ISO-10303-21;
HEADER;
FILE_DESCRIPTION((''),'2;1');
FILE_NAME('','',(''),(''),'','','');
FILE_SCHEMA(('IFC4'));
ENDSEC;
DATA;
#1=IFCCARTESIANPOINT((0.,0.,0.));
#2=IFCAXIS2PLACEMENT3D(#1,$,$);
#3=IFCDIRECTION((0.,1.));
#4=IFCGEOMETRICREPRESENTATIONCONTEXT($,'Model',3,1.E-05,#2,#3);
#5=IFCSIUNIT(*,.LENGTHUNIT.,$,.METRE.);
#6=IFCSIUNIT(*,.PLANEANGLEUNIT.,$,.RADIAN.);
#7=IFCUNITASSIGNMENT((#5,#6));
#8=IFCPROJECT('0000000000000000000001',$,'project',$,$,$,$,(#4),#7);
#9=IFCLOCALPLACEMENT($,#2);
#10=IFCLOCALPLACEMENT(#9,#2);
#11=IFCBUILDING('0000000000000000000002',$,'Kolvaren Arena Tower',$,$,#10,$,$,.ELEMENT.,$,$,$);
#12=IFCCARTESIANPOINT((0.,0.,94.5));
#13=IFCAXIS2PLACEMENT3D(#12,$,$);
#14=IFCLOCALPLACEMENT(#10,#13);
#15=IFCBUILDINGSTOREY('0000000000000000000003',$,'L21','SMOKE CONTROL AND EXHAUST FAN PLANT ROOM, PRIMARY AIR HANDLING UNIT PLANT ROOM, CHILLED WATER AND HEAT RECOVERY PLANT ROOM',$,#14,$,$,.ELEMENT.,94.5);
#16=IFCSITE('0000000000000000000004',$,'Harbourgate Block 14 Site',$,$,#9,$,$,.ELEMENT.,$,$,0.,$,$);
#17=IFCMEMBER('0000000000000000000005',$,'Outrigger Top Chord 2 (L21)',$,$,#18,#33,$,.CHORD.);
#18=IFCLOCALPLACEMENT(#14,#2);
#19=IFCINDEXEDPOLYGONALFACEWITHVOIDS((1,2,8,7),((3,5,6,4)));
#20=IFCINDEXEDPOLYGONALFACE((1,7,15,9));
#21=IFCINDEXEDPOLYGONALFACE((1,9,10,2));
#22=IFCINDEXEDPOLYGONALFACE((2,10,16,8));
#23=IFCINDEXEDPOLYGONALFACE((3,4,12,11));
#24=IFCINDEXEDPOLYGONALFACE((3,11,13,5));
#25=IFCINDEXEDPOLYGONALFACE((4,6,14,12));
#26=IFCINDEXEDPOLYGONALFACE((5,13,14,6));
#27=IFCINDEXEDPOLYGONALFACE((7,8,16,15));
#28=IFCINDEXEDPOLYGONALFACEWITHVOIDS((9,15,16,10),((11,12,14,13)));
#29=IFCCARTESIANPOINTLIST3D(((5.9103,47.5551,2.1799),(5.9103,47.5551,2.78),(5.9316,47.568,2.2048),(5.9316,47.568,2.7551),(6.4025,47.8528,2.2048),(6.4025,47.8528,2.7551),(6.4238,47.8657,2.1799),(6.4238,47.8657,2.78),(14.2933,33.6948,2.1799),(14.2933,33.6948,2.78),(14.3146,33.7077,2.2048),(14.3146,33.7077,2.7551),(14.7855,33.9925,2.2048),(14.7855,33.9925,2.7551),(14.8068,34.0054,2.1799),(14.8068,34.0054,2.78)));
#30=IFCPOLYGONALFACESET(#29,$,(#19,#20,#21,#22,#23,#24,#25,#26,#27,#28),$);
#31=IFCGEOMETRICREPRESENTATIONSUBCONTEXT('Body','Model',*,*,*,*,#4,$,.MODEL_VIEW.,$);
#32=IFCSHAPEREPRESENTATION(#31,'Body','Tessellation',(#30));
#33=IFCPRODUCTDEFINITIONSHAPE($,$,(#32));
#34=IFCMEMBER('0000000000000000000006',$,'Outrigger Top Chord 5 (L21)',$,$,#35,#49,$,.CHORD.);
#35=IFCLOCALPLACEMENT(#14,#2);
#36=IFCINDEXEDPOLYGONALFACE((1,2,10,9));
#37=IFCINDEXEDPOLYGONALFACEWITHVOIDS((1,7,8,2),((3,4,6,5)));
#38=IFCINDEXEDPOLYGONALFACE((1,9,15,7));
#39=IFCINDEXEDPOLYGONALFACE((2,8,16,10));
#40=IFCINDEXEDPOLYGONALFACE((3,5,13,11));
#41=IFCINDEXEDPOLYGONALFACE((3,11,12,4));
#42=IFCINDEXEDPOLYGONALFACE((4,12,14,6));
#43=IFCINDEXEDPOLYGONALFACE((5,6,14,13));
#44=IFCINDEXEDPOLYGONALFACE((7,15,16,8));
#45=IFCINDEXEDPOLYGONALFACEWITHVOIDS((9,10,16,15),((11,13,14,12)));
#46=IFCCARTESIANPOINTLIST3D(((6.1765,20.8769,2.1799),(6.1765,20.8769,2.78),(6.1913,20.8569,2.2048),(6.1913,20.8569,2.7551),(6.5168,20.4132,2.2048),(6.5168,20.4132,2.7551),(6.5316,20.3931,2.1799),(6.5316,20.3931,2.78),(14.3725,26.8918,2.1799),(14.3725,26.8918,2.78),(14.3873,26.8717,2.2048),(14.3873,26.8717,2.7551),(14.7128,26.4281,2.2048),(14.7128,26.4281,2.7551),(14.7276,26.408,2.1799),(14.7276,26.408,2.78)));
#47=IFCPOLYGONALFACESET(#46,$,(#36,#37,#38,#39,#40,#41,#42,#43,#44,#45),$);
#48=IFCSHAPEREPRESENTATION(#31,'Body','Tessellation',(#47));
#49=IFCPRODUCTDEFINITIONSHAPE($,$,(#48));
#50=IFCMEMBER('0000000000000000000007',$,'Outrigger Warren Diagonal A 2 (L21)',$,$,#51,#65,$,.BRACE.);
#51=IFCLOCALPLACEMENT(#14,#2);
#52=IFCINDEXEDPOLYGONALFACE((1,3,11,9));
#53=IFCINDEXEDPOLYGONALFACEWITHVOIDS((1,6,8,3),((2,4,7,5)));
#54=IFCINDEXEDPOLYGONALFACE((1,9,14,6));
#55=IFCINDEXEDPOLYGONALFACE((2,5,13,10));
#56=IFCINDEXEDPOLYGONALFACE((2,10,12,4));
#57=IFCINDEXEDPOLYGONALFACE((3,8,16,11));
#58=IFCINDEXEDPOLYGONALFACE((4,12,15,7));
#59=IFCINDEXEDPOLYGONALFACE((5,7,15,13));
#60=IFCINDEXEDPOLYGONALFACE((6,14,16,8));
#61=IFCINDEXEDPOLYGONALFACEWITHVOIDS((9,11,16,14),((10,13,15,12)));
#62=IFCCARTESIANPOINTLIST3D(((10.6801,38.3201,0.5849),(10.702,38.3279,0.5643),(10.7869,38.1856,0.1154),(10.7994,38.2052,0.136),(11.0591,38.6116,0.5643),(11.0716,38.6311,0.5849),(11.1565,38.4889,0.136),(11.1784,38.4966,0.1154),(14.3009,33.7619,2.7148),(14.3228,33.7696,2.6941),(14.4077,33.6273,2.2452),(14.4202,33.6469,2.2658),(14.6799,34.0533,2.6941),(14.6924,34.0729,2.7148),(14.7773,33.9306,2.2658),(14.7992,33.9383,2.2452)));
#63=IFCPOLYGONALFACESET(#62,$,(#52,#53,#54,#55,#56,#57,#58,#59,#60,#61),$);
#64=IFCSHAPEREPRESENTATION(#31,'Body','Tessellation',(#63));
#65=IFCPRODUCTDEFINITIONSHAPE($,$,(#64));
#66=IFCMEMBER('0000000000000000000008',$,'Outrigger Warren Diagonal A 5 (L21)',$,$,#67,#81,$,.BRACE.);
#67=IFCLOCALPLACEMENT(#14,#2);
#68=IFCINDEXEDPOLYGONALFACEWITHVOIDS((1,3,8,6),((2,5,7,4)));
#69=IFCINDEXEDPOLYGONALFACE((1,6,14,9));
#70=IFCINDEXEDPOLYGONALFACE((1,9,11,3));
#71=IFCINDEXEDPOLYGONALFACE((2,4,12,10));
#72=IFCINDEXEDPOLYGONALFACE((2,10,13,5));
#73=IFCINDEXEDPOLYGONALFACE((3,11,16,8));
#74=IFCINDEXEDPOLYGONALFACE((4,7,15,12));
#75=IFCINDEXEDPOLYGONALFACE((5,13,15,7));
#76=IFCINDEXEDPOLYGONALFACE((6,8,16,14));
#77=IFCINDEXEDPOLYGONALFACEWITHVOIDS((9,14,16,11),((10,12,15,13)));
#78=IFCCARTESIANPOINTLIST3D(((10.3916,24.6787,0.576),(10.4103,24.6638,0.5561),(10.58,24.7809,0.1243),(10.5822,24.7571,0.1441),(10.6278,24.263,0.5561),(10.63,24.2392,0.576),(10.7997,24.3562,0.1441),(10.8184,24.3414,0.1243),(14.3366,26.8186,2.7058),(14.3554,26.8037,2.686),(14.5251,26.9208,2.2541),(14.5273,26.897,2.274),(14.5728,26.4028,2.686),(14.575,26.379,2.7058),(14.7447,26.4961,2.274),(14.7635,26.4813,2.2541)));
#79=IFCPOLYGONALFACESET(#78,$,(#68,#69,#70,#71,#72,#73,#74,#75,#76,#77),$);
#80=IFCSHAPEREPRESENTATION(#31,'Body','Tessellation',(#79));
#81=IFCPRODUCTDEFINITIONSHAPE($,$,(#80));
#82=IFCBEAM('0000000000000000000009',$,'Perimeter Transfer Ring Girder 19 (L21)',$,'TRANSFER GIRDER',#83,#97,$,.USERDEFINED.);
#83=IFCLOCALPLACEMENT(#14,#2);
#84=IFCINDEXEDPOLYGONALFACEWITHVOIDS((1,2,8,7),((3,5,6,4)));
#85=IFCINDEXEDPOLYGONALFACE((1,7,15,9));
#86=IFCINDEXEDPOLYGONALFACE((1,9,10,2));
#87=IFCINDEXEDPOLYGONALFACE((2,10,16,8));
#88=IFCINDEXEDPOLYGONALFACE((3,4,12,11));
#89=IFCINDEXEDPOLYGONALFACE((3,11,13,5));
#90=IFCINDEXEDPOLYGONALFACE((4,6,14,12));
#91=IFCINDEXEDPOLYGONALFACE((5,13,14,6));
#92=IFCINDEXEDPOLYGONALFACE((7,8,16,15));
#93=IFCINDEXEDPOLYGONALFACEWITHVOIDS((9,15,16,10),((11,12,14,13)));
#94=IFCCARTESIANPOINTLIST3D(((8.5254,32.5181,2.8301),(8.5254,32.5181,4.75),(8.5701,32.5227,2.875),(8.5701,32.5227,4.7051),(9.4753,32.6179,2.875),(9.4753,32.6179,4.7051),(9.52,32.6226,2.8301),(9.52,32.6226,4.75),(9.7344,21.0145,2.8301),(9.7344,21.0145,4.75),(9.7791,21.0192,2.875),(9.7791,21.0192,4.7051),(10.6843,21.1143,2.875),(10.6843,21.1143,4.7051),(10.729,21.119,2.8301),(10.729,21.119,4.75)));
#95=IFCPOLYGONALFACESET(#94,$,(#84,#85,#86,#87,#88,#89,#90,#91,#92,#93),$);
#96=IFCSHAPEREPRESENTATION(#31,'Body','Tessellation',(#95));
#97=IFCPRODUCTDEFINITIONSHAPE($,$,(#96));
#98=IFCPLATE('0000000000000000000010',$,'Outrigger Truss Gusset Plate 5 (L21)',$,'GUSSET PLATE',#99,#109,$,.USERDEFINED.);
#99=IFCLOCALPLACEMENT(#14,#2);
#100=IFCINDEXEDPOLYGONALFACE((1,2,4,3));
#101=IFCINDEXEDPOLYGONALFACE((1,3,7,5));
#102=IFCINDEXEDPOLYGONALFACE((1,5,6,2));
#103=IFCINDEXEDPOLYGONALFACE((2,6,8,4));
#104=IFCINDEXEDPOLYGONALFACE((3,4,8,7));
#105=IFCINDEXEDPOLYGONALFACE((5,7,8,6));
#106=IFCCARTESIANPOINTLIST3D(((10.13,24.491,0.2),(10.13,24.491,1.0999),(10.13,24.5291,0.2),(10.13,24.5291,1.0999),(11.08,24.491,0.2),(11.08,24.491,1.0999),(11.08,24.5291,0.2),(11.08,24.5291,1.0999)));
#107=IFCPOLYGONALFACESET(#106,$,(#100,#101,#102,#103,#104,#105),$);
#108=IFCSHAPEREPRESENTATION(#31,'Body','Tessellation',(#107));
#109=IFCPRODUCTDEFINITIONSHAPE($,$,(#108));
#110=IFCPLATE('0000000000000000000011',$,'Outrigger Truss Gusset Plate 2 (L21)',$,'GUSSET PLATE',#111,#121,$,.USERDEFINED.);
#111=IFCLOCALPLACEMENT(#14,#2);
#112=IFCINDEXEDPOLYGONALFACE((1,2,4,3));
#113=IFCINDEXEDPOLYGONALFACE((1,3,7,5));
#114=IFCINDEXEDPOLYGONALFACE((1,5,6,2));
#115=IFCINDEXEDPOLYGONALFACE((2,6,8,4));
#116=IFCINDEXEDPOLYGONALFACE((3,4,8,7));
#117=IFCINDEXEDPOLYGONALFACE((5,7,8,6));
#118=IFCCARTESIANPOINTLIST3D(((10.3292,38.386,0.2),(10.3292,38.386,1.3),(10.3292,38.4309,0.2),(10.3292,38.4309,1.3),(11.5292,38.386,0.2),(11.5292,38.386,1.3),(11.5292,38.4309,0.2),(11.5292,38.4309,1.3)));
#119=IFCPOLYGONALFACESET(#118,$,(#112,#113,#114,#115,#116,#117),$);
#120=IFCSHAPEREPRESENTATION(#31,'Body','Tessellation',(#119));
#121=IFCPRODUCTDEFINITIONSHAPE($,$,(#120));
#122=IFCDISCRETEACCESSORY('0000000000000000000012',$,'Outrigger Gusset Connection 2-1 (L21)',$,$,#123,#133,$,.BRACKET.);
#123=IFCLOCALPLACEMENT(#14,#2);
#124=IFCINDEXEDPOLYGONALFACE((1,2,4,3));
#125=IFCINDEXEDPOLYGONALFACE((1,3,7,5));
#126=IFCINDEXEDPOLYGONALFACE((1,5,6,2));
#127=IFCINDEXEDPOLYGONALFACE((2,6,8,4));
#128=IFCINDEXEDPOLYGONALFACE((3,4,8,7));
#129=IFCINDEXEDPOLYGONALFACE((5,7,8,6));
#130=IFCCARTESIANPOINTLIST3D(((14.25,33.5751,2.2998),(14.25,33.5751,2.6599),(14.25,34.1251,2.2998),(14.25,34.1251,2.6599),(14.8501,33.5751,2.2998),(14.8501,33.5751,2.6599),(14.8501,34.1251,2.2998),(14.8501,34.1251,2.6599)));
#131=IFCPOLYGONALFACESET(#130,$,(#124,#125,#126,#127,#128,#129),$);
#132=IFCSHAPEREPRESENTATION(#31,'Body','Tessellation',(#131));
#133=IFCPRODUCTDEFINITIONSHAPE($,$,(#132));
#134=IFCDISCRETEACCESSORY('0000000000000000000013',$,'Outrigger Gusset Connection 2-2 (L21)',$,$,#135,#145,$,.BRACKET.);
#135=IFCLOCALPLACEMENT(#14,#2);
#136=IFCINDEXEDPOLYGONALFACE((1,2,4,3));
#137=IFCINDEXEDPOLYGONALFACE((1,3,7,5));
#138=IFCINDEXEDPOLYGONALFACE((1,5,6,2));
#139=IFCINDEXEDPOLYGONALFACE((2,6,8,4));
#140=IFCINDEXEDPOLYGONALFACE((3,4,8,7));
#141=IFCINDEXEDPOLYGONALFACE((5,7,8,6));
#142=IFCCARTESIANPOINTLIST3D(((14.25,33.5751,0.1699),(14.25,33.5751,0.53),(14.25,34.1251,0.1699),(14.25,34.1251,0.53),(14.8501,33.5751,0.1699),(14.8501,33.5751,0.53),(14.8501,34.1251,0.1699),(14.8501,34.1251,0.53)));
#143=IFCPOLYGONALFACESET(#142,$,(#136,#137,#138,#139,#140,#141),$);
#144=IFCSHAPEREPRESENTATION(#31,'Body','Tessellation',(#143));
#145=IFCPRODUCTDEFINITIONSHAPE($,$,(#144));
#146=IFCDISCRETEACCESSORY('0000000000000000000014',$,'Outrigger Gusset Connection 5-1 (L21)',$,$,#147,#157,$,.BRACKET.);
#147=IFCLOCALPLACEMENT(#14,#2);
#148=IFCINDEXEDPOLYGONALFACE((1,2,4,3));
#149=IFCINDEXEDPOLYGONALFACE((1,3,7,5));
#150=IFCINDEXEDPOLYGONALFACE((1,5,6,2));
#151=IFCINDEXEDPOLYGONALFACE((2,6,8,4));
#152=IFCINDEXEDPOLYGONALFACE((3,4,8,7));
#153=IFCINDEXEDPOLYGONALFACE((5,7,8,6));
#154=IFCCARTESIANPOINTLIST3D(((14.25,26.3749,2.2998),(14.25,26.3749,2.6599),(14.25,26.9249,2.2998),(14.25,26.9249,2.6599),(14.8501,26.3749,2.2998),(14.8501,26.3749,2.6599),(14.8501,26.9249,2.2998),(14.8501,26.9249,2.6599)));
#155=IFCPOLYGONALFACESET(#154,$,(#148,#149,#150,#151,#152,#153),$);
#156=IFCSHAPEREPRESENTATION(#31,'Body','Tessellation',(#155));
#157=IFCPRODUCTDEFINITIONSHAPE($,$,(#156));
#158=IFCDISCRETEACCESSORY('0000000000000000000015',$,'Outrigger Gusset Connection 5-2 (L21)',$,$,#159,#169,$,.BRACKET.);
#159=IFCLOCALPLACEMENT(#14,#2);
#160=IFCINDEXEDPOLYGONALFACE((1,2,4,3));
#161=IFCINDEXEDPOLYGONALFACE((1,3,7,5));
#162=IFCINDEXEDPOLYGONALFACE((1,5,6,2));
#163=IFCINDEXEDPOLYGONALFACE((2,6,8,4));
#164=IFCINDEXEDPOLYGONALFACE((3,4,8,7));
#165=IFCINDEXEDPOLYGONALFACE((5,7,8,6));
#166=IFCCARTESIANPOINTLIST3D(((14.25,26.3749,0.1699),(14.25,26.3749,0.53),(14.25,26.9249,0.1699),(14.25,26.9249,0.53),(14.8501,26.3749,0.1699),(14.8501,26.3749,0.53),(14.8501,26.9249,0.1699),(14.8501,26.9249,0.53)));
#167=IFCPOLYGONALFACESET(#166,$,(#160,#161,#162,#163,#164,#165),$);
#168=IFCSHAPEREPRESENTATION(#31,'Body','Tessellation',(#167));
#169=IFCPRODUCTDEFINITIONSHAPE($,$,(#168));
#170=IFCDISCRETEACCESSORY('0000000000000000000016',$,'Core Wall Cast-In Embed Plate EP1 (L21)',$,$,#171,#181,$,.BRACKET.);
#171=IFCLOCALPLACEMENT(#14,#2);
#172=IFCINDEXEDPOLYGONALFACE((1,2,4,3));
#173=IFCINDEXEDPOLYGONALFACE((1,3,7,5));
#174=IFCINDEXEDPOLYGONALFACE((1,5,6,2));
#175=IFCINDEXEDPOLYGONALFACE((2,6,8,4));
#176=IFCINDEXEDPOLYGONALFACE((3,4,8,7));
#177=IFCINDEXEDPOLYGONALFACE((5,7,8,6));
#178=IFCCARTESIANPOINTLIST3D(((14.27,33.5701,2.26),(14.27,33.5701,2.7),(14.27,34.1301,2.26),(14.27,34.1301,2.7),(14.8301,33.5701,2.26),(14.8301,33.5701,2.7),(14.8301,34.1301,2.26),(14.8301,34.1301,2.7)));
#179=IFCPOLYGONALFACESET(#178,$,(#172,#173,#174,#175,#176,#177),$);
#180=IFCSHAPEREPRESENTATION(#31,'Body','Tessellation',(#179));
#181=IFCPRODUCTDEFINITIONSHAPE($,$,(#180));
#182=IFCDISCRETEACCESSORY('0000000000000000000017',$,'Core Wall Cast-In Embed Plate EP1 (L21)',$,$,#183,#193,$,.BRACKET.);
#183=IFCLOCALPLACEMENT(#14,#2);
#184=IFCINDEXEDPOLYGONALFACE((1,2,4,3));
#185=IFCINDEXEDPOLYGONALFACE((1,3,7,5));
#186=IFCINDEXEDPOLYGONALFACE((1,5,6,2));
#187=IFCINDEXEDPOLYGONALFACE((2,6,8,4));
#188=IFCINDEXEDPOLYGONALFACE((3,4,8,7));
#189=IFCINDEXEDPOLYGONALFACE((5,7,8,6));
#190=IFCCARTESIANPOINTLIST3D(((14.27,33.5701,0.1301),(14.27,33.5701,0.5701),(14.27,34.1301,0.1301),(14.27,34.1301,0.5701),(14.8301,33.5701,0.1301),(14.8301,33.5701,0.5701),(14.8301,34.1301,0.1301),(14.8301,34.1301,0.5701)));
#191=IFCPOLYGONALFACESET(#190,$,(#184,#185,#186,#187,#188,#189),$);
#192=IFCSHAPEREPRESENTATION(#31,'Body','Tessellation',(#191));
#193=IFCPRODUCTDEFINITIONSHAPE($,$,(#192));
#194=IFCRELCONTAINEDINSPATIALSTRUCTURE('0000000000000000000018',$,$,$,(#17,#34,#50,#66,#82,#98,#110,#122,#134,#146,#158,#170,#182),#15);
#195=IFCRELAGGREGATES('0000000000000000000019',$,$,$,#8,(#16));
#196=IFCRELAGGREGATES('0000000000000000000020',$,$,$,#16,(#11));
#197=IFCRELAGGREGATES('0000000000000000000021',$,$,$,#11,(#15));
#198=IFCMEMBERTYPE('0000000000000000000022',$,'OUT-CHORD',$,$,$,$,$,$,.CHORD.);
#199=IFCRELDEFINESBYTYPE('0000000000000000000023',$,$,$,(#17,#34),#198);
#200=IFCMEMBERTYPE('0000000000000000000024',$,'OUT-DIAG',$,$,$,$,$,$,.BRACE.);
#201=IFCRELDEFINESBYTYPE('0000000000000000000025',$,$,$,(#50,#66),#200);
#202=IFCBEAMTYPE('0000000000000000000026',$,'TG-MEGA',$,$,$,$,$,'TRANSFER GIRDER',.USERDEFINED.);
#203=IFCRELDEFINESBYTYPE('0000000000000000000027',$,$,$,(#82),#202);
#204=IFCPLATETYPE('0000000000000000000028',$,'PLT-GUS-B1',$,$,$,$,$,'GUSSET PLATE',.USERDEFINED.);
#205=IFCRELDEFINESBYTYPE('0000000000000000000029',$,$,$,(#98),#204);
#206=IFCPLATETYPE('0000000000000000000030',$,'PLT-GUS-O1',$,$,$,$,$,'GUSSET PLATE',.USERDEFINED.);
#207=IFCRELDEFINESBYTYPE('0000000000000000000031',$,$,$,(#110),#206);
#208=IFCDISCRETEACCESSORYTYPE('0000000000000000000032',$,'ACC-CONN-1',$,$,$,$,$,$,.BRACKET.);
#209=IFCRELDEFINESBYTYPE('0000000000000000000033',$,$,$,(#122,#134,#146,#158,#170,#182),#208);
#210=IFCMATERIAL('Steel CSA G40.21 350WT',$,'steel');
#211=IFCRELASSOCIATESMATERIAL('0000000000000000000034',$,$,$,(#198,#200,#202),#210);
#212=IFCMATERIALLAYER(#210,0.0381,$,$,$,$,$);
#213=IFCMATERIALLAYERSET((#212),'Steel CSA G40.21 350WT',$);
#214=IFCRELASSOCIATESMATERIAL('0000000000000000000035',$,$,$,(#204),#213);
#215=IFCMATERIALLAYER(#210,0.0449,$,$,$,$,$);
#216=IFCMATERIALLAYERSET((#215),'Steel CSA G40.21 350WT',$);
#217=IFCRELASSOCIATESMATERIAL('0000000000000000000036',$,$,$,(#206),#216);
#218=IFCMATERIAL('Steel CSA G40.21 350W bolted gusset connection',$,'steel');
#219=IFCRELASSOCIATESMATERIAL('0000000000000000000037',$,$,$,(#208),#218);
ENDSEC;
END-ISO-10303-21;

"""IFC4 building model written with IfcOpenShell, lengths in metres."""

from ifc_helpers import new_model, si_unit, direction, frame, origin, origin_2d, place, context, subcontext, project, spatial, rectangle, hollow_rectangle, extrude, material, layer, layer_set, material_profile, profile_set, type_object, element, save


model = new_model("IFC4")

# Units and contexts
model_context = context("Model", 3, precision=1e-05, world=origin(), true_north=direction((0.0, 1.0)))
body_context = subcontext(model_context, "Body", "Model", "MODEL_VIEW")
ifc_project = project(units=[si_unit("LENGTHUNIT", "METRE"), si_unit("PLANEANGLEUNIT", "RADIAN")], contexts=[model_context])

# Site, building, storey
site_placement = place(None, origin())
site = spatial("IfcSite", under=ifc_project, at=site_placement, Name="Harbourgate Block 14 Site", CompositionType="ELEMENT", RefElevation=0.0)
building_placement = place(site_placement, origin())
building = spatial("IfcBuilding", under=site, at=building_placement, Name="Kolvaren Arena Tower", CompositionType="ELEMENT")
storey_placement = place(building_placement, frame((0.0, 0.0, 94.5)))
storey = spatial("IfcBuildingStorey", under=building, at=storey_placement, Name="L21", Description="SMOKE CONTROL AND EXHAUST FAN PLANT ROOM, PRIMARY AIR HANDLING UNIT PLANT ROOM, CHILLED WATER AND HEAT RECOVERY PLANT ROOM", CompositionType="ELEMENT", Elevation=94.5)

# Shared definitions
ifc_material_1 = material(Name="Steel CSA G40.21 350WT", Category="steel")

# Members
ifc_material_profile_1 = material_profile(ifc_material_1, hollow_rectangle(XDim=0.6001, YDim=0.6001, WallThickness=0.0249, at=origin_2d()), Name="HSS 600x600x25")
ifc_profile_set_1 = profile_set([ifc_material_profile_1], Name="Steel CSA G40.21 350WT")
member_type_1 = type_object("IfcMemberType", Name="OUT-CHORD", PredefinedType="CHORD", material=ifc_profile_set_1)
member_1_placement = place(storey_placement, frame((14.55, 33.8501, 2.48), z_axis=(-0.517527, 0.855667, 0.0), x_axis=(-0.855667, -0.517527, 0.0)))
element("IfcMember", 1, at=member_1_placement, inside=storey, type_object=member_type_1, Name="Outrigger Top Chord 2 (L21)", PredefinedType="CHORD", context=body_context, shape_type="SweptSolid", body=[
    extrude(hollow_rectangle(XDim=0.6001, YDim=0.6001, WallThickness=0.0249, at=origin_2d()), origin(), (0.0, 0.0, 1.0), 16.1982),
])
member_2_placement = place(storey_placement, frame((14.55, 26.6499, 2.48), z_axis=(-0.806196, -0.591649, 0.0), x_axis=(0.591649, -0.806196, 0.0)))
element("IfcMember", 2, at=member_2_placement, inside=storey, type_object=member_type_1, Name="Outrigger Top Chord 5 (L21)", PredefinedType="CHORD", context=body_context, shape_type="SweptSolid", body=[
    extrude(hollow_rectangle(XDim=0.6001, YDim=0.6001, WallThickness=0.0249, at=origin_2d()), origin(), (0.0, 0.0, 1.0), 10.1663),
])
ifc_material_profile_2 = material_profile(ifc_material_1, hollow_rectangle(XDim=0.5, YDim=0.5, WallThickness=0.022, at=origin_2d()), Name="HSS 500x500x22")
ifc_profile_set_2 = profile_set([ifc_material_profile_2], Name="Steel CSA G40.21 350WT")
member_type_2 = type_object("IfcMemberType", Name="OUT-DIAG", PredefinedType="BRACE", material=ifc_profile_set_2)
member_3_placement = place(storey_placement, frame((14.55, 33.8501, 2.48), z_axis=(-0.584118, 0.735356, -0.343594), x_axis=(-0.783029, -0.621986, 0.0)))
element("IfcMember", 3, at=member_3_placement, inside=storey, type_object=member_type_2, Name="Outrigger Warren Diagonal A 2 (L21)", PredefinedType="BRACE", context=body_context, shape_type="SweptSolid", body=[
    extrude(hollow_rectangle(XDim=0.5, YDim=0.5, WallThickness=0.022, at=origin_2d()), origin(), (0.0, 0.0, 1.0), 6.1987),
])
member_4_placement = place(storey_placement, frame((14.55, 26.6499, 2.48), z_axis=(-0.794127, -0.430752, -0.428737), x_axis=(0.476797, -0.879014, 0.0)))
element("IfcMember", 4, at=member_4_placement, inside=storey, type_object=member_type_2, Name="Outrigger Warren Diagonal A 5 (L21)", PredefinedType="BRACE", context=body_context, shape_type="SweptSolid", body=[
    extrude(hollow_rectangle(XDim=0.5, YDim=0.5, WallThickness=0.022, at=origin_2d()), origin(), (0.0, 0.0, 1.0), 4.9678),
])

# Beam
ifc_material_profile_3 = material_profile(ifc_material_1, hollow_rectangle(XDim=1.0, YDim=1.9199, WallThickness=0.0449, at=origin_2d()), Name="BOX 1000x1920x45")
ifc_profile_set_3 = profile_set([ifc_material_profile_3], Name="Steel CSA G40.21 350WT")
beam_type_1 = type_object("IfcBeamType", Name="TG-MEGA", ElementType="TRANSFER GIRDER", PredefinedType="USERDEFINED", material=ifc_profile_set_3)
beam_1_placement = place(storey_placement, frame((9.0227, 32.5703, 3.79), z_axis=(0.104522, -0.994523, 0.0), x_axis=(0.994523, 0.104522, 0.0)))
element("IfcBeam", 5, at=beam_1_placement, inside=storey, type_object=beam_type_1, Name="Perimeter Transfer Ring Girder 19 (L21)", ObjectType="TRANSFER GIRDER", PredefinedType="USERDEFINED", context=body_context, shape_type="SweptSolid", body=[
    extrude(hollow_rectangle(XDim=1.0, YDim=1.9199, WallThickness=0.0449, at=origin_2d()), origin(), (0.0, 0.0, 1.0), 11.5669),
])

# Plates
ifc_layer_1 = layer(ifc_material_1, 0.0381)
ifc_layer_set_1 = layer_set([ifc_layer_1], Name="Steel CSA G40.21 350WT")
plate_type_1 = type_object("IfcPlateType", Name="PLT-GUS-B1", ElementType="GUSSET PLATE", PredefinedType="USERDEFINED", material=ifc_layer_set_1)
plate_1_placement = place(storey_placement, frame((10.605, 24.51, 0.2), z_axis=(0.0, 0.0, 1.0), x_axis=(1.0, 0.0, 0.0)))
element("IfcPlate", 6, at=plate_1_placement, inside=storey, type_object=plate_type_1, Name="Outrigger Truss Gusset Plate 5 (L21)", ObjectType="GUSSET PLATE", PredefinedType="USERDEFINED", context=body_context, shape_type="SweptSolid", body=[
    extrude(rectangle(XDim=0.95, YDim=0.0381, at=origin_2d()), origin(), (0.0, 0.0, 1.0), 0.8999),
])
ifc_layer_2 = layer(ifc_material_1, 0.0449)
ifc_layer_set_2 = layer_set([ifc_layer_2], Name="Steel CSA G40.21 350WT")
plate_type_2 = type_object("IfcPlateType", Name="PLT-GUS-O1", ElementType="GUSSET PLATE", PredefinedType="USERDEFINED", material=ifc_layer_set_2)
plate_2_placement = place(storey_placement, frame((10.9292, 38.4084, 0.2), z_axis=(0.0, 0.0, 1.0), x_axis=(1.0, 0.0, 0.0)))
element("IfcPlate", 7, at=plate_2_placement, inside=storey, type_object=plate_type_2, Name="Outrigger Truss Gusset Plate 2 (L21)", ObjectType="GUSSET PLATE", PredefinedType="USERDEFINED", context=body_context, shape_type="SweptSolid", body=[
    extrude(rectangle(XDim=1.2, YDim=0.0449, at=origin_2d()), origin(), (0.0, 0.0, 1.0), 1.1001),
])

# Discrete accessories
ifc_material_2 = material(Name="Steel CSA G40.21 350W bolted gusset connection", Category="steel")
discrete_accessory_type = type_object("IfcDiscreteAccessoryType", Name="ACC-CONN-1", PredefinedType="BRACKET", material=ifc_material_2)
for number, where, z_axis, x_axis, name in (
    (8, (14.55, 33.8501, 2.2998), (0.0, 0.0, 1.0), (1.0, 0.0, 0.0), "Outrigger Gusset Connection 2-1 (L21)"),
    (9, (14.55, 33.8501, 0.1699), (0.0, 0.0, 1.0), (1.0, 0.0, 0.0), "Outrigger Gusset Connection 2-2 (L21)"),
    (10, (14.55, 26.6499, 2.2998), (0.0, 0.0, 1.0), (1.0, 0.0, 0.0), "Outrigger Gusset Connection 5-1 (L21)"),
    (11, (14.55, 26.6499, 0.1699), (0.0, 0.0, 1.0), (1.0, 0.0, 0.0), "Outrigger Gusset Connection 5-2 (L21)"),
):
    element("IfcDiscreteAccessory", number, at=place(storey_placement, frame(where, z_axis=z_axis, x_axis=x_axis)), inside=storey, type_object=discrete_accessory_type, Name=name, PredefinedType="BRACKET", context=body_context, shape_type="SweptSolid", body=[
        extrude(rectangle(XDim=0.6001, YDim=0.55, at=origin_2d()), origin(), (0.0, 0.0, 1.0), 0.3601),
    ])
for number, where, z_axis, x_axis, name in (
    (12, (14.55, 33.8501, 2.26), (0.0, 0.0, 1.0), (1.0, 0.0, 0.0), "Core Wall Cast-In Embed Plate EP1 (L21)"),
    (13, (14.55, 33.8501, 0.1301), (0.0, 0.0, 1.0), (1.0, 0.0, 0.0), "Core Wall Cast-In Embed Plate EP1 (L21)"),
):
    element("IfcDiscreteAccessory", number, at=place(storey_placement, frame(where, z_axis=z_axis, x_axis=x_axis)), inside=storey, type_object=discrete_accessory_type, Name=name, PredefinedType="BRACKET", context=body_context, shape_type="SweptSolid", body=[
        extrude(rectangle(XDim=0.5601, YDim=0.5601, at=origin_2d()), origin(), (0.0, 0.0, 1.0), 0.4399),
    ])

save(model, "model.ifc")
